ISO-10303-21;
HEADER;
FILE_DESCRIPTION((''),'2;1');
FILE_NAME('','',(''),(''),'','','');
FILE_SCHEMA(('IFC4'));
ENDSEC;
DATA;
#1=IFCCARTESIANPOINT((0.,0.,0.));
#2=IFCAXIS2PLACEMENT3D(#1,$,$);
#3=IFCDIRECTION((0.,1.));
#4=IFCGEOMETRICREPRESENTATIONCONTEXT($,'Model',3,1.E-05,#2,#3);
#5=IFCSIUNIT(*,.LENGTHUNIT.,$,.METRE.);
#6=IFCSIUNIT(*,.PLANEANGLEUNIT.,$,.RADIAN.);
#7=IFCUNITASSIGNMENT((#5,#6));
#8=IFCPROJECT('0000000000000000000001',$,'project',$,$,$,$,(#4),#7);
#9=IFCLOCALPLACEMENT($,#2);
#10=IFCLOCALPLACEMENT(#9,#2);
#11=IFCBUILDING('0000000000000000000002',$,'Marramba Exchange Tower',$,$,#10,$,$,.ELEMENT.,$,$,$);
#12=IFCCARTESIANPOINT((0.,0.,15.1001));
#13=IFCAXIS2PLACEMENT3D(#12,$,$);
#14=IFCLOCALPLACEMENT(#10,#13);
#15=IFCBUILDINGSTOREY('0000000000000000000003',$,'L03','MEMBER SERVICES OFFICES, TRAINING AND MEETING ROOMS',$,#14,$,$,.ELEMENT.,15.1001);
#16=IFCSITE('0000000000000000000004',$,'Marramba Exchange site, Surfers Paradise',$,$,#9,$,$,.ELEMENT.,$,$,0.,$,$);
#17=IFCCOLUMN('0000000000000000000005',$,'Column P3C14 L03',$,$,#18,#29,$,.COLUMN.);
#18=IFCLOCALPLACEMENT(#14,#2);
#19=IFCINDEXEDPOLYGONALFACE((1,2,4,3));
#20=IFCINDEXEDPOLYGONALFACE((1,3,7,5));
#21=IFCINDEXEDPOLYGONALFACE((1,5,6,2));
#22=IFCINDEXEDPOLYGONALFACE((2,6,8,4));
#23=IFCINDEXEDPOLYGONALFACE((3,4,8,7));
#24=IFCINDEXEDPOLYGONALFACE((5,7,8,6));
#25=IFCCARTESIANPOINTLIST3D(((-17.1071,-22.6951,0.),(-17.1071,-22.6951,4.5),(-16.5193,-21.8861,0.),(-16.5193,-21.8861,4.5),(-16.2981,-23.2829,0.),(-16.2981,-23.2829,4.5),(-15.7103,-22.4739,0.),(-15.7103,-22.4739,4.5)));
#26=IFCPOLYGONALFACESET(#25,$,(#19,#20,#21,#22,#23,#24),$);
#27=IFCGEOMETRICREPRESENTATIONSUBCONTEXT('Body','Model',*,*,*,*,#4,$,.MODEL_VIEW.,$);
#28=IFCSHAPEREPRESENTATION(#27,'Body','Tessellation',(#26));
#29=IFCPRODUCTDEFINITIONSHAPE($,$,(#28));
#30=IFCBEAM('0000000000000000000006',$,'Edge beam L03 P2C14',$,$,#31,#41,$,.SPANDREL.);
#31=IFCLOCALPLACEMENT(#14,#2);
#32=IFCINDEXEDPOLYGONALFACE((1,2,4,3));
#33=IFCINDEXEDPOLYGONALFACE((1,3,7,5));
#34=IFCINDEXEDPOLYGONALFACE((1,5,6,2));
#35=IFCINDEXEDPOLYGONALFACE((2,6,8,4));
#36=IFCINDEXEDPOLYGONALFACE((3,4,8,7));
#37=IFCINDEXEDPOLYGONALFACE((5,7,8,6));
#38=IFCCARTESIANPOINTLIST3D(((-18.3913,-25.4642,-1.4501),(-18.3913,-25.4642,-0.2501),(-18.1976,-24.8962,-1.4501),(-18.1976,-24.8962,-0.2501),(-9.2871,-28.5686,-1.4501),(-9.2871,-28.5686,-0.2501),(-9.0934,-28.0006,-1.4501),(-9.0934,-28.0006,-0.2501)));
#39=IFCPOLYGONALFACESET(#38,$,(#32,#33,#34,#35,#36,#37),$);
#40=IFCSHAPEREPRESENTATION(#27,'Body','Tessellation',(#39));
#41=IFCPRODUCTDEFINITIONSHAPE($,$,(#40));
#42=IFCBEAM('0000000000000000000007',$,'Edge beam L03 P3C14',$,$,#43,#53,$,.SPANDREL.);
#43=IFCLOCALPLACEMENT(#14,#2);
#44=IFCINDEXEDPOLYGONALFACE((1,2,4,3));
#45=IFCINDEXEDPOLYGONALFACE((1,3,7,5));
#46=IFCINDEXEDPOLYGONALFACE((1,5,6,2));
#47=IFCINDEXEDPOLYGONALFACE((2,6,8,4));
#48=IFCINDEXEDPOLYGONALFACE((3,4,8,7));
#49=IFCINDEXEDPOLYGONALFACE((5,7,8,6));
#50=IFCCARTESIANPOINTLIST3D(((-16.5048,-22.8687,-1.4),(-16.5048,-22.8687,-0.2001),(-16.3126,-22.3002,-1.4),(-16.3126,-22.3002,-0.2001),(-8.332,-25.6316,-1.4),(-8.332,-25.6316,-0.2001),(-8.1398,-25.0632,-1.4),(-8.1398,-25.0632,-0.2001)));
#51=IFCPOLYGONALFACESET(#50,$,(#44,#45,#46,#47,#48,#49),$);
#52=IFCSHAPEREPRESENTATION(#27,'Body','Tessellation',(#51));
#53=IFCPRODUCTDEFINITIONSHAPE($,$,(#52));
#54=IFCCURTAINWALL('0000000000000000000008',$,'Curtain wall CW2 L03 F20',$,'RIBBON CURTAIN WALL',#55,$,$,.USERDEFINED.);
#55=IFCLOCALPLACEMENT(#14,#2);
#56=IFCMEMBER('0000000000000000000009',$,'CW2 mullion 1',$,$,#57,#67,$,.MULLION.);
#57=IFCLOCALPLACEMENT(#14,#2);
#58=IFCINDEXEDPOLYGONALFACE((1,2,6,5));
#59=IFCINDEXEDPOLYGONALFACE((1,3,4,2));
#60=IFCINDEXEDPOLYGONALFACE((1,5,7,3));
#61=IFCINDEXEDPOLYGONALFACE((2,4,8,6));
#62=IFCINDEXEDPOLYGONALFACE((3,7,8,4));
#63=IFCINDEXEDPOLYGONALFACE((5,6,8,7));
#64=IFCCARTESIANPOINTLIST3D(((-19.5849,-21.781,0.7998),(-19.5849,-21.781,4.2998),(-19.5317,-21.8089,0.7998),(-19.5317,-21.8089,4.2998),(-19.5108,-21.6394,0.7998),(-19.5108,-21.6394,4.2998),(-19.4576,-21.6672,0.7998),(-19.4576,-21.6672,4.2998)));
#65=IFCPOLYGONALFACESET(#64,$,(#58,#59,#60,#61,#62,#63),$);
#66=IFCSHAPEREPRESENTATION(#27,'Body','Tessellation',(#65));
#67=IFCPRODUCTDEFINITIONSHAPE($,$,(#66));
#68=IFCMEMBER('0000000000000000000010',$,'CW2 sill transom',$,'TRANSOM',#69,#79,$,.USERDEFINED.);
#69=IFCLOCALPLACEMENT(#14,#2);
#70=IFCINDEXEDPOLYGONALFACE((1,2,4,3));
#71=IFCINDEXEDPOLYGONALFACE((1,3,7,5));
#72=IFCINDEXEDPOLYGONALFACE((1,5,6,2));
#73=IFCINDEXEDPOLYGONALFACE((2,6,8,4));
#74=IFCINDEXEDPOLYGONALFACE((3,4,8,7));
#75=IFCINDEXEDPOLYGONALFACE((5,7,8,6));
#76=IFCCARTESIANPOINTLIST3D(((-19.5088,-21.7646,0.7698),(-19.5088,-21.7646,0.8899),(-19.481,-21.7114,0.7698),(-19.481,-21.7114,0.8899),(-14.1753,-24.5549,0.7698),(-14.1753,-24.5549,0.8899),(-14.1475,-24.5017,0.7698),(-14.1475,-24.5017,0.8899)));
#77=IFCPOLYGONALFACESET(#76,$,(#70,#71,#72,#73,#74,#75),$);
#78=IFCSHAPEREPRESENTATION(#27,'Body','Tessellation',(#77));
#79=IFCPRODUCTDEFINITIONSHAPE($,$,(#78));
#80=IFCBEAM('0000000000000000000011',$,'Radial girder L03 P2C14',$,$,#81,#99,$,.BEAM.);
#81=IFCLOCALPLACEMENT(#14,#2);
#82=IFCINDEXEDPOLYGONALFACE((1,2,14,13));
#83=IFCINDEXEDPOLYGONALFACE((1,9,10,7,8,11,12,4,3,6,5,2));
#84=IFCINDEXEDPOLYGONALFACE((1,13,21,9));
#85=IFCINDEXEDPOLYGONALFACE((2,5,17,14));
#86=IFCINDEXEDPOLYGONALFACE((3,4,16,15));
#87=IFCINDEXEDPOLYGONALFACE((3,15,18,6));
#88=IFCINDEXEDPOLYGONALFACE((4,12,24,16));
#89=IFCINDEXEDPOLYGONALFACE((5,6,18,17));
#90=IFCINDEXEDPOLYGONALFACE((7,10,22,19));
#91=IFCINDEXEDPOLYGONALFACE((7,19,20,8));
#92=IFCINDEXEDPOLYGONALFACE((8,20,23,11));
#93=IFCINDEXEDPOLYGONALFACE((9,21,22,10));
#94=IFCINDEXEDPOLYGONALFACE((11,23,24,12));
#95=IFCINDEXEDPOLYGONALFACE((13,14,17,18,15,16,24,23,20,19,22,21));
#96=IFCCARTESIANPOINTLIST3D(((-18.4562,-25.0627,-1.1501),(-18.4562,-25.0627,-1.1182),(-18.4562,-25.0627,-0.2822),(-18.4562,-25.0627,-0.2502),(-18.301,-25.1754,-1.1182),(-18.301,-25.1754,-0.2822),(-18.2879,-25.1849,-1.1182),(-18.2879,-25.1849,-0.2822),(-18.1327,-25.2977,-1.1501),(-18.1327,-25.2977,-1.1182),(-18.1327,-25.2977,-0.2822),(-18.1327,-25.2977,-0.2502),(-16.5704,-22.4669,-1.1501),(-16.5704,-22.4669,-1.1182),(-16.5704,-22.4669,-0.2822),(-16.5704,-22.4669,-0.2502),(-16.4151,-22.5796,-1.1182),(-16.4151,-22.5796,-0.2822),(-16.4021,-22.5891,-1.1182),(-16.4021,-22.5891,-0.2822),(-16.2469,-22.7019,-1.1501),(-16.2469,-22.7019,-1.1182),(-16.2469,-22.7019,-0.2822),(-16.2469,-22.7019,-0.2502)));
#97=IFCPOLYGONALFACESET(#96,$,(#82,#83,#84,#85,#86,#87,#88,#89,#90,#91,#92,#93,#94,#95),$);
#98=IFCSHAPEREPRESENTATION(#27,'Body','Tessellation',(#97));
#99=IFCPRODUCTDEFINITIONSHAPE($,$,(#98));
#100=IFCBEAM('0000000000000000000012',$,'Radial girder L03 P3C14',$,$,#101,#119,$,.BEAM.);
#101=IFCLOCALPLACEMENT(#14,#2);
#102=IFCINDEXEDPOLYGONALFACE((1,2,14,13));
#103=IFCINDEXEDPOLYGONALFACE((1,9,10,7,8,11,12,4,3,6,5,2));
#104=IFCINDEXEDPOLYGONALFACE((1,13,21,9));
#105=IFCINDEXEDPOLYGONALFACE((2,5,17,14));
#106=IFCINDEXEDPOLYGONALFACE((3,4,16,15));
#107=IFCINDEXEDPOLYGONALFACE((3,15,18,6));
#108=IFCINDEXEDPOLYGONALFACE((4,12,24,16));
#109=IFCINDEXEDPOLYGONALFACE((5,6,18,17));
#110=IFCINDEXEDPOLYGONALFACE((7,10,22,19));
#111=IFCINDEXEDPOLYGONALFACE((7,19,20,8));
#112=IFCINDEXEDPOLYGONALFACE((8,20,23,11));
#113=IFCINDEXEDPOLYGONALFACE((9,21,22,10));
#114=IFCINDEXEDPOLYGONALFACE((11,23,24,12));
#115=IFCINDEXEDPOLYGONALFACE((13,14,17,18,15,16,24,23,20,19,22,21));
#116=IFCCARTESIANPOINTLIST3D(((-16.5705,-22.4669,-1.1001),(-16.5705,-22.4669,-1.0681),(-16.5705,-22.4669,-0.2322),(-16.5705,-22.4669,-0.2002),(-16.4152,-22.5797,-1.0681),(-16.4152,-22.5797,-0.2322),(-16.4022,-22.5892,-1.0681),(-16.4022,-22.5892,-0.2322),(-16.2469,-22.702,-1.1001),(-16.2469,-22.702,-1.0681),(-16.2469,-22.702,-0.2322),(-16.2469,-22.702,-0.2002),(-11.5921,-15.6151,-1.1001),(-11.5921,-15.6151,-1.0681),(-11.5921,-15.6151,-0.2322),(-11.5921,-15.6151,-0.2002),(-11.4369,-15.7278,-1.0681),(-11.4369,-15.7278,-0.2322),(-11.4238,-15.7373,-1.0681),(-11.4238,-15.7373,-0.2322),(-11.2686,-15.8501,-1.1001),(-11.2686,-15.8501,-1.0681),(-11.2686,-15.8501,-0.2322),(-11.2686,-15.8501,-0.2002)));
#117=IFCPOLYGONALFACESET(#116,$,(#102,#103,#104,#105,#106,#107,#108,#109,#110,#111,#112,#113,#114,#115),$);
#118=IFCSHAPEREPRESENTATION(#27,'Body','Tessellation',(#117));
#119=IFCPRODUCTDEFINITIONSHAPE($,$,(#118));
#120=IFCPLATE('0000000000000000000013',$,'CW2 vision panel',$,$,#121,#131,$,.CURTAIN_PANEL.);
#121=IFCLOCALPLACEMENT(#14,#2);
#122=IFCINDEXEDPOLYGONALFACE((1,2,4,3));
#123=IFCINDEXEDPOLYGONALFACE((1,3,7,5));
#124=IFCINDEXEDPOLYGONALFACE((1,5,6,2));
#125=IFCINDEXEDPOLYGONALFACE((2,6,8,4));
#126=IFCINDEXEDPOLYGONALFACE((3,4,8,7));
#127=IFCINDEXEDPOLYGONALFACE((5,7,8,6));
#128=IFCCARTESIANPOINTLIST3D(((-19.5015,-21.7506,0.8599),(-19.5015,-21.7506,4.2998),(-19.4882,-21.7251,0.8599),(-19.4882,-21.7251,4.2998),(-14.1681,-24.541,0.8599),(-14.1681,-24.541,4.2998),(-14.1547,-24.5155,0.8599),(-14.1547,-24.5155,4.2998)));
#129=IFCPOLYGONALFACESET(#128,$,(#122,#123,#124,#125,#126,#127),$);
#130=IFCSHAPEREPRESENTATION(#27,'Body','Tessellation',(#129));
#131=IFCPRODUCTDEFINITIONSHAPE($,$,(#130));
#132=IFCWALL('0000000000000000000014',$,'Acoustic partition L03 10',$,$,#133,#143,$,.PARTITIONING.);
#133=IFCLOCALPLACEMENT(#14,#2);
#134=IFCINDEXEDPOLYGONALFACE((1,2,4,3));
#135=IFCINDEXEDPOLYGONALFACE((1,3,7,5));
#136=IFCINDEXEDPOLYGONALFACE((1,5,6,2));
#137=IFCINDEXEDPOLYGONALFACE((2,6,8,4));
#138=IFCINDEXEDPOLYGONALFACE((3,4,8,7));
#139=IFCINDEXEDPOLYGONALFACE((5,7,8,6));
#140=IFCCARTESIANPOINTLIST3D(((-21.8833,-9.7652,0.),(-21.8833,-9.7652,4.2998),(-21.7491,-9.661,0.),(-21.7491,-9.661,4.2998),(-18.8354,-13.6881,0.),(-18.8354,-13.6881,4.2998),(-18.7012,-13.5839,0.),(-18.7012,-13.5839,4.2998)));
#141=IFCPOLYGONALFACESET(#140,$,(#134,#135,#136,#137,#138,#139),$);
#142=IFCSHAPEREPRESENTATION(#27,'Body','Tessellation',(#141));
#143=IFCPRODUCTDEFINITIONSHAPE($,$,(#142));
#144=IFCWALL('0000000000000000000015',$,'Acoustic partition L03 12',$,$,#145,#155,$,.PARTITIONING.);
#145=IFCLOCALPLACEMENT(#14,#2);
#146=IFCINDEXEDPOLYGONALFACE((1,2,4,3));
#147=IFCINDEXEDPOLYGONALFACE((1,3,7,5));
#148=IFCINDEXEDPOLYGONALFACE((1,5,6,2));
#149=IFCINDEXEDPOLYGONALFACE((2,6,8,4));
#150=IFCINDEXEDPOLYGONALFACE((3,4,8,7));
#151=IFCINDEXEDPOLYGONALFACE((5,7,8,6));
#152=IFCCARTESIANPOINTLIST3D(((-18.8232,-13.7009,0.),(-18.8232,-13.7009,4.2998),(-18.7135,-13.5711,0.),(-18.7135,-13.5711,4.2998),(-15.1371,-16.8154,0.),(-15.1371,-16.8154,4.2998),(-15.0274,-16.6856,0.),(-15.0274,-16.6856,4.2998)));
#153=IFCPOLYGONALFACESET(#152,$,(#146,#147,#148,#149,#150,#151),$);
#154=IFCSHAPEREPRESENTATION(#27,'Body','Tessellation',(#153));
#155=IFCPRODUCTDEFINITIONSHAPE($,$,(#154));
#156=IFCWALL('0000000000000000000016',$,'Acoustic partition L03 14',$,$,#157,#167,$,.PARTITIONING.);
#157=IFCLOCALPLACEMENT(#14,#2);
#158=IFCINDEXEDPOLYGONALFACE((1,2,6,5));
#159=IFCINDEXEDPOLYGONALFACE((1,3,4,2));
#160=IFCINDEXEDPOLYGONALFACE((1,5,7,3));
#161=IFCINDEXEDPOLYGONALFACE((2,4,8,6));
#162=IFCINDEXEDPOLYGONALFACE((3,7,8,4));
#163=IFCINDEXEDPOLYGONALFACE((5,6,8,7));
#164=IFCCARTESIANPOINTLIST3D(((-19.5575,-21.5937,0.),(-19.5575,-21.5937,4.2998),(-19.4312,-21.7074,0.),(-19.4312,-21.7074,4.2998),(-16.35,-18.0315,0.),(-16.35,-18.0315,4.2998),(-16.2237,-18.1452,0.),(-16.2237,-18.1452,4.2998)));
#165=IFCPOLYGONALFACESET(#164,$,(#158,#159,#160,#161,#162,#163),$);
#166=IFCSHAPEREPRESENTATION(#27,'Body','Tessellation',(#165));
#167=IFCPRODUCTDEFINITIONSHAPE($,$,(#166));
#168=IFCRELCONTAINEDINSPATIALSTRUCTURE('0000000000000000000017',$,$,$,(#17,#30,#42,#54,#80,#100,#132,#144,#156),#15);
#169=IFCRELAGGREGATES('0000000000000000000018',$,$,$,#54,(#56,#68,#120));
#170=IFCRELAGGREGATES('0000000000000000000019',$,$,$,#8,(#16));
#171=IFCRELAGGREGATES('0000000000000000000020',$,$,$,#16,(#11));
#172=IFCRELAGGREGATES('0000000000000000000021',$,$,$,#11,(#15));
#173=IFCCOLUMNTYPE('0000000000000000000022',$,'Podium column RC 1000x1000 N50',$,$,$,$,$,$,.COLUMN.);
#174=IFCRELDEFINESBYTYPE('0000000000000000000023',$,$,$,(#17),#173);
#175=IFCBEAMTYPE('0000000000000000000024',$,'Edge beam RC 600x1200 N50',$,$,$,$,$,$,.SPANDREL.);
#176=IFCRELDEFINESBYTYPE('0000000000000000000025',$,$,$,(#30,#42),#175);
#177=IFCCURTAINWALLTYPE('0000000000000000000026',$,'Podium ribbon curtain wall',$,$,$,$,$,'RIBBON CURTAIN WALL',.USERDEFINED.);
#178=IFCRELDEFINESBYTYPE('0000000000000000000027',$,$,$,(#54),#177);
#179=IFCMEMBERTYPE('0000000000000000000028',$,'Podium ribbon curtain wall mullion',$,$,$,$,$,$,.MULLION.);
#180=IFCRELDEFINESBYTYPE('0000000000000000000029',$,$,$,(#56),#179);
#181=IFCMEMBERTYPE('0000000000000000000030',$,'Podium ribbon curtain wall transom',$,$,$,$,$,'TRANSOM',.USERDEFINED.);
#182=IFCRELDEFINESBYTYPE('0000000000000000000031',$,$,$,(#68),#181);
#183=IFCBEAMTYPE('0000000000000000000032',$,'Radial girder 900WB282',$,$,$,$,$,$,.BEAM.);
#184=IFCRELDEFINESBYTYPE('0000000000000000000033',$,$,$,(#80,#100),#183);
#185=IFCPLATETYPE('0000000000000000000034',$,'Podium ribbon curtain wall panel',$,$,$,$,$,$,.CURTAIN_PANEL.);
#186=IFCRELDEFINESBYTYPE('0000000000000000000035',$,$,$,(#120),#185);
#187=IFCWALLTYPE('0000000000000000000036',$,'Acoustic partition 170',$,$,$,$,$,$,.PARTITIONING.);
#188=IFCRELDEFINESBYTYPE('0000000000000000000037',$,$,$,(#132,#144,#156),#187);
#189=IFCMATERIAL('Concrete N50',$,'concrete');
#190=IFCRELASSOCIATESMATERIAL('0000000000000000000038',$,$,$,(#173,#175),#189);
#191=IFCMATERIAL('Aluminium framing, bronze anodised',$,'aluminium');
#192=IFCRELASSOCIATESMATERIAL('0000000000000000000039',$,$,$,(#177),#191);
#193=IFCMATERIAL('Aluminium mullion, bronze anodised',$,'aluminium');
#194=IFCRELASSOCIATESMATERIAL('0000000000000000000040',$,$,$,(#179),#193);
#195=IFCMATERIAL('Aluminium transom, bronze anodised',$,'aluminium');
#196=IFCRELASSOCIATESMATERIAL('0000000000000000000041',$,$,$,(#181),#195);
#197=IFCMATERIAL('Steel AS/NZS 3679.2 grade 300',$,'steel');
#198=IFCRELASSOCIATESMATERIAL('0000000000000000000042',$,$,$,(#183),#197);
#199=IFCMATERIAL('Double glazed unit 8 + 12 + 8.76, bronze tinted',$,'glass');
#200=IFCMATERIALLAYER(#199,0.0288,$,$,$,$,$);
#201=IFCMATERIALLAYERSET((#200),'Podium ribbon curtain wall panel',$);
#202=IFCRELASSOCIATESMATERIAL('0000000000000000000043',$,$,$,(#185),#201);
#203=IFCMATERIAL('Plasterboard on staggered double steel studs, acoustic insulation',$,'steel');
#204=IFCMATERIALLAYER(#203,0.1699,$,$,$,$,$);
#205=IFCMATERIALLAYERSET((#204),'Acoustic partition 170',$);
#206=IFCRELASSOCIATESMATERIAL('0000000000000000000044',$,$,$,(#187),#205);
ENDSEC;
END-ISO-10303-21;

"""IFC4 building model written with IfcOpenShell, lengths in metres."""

from ifc_helpers import new_model, si_unit, direction, frame, frame_2d, origin, origin_2d, place, context, subcontext, project, spatial, rectangle, i_section, extrude, material, layer, layer_set, material_profile, profile_set, type_object, element, aggregate, save


model = new_model("IFC4")

# Units and contexts
model_context = context("Model", 3, precision=1e-05, world=origin(), true_north=direction((0.0, 1.0)))
body_context = subcontext(model_context, "Body", "Model", "MODEL_VIEW")
ifc_project = project(units=[si_unit("LENGTHUNIT", "METRE"), si_unit("PLANEANGLEUNIT", "RADIAN")], contexts=[model_context])

# Site, building, storey
site_placement = place(None, origin())
site = spatial("IfcSite", under=ifc_project, at=site_placement, Name="Marramba Exchange site, Surfers Paradise", CompositionType="ELEMENT", RefElevation=0.0)
building_placement = place(site_placement, origin())
building = spatial("IfcBuilding", under=site, at=building_placement, Name="Marramba Exchange Tower", CompositionType="ELEMENT")
storey_placement = place(building_placement, frame((0.0, 0.0, 15.1001)))
storey = spatial("IfcBuildingStorey", under=building, at=storey_placement, Name="L03", Description="MEMBER SERVICES OFFICES, TRAINING AND MEETING ROOMS", CompositionType="ELEMENT", Elevation=15.1001)

# Column
ifc_material_1 = material(Name="Concrete N50", Category="concrete")
ifc_material_profile_1 = material_profile(ifc_material_1, rectangle(XDim=1.0, YDim=1.0, at=origin_2d()), Name="RC 1000x1000")
ifc_profile_set_1 = profile_set([ifc_material_profile_1], Name="Concrete N50")
column_type = type_object("IfcColumnType", Name="Podium column RC 1000x1000 N50", PredefinedType="COLUMN", material=ifc_profile_set_1)
column_placement = place(storey_placement, frame((-16.4087, -22.5845, 0.0), z_axis=(0.0, 0.0, 1.0), x_axis=(-0.587785, -0.809017, 0.0)))
element("IfcColumn", 1, at=column_placement, inside=storey, type_object=column_type, Name="Column P3C14 L03", PredefinedType="COLUMN", context=body_context, shape_type="SweptSolid", body=[
    extrude(rectangle(XDim=1.0, YDim=1.0, at=origin_2d()), origin(), (0.0, 0.0, 1.0), 4.5),
])

# Beams
ifc_material_profile_2 = material_profile(ifc_material_1, rectangle(XDim=0.6001, YDim=1.2, at=origin_2d()), Name="RC 600x1200")
ifc_profile_set_2 = profile_set([ifc_material_profile_2], Name="Concrete N50")
beam_type_1 = type_object("IfcBeamType", Name="Edge beam RC 600x1200 N50", PredefinedType="SPANDREL", material=ifc_profile_set_2)
beam_1_placement = place(storey_placement, frame((-18.2944, -25.1802, -0.8501), z_axis=(0.946486, -0.322746, 0.0), x_axis=(0.322746, 0.946486, 0.0)))
element("IfcBeam", 2, at=beam_1_placement, inside=storey, type_object=beam_type_1, Name="Edge beam L03 P2C14", PredefinedType="SPANDREL", context=body_context, shape_type="SweptSolid", body=[
    extrude(rectangle(XDim=0.6001, YDim=1.2, at=origin_2d()), origin(), (0.0, 0.0, 1.0), 9.6189),
])
beam_2_placement = place(storey_placement, frame((-16.4087, -22.5845, -0.8), z_axis=(0.947331, -0.320257, 0.0), x_axis=(0.320257, 0.947331, 0.0)))
element("IfcBeam", 3, at=beam_2_placement, inside=storey, type_object=beam_type_1, Name="Edge beam L03 P3C14", PredefinedType="SPANDREL", context=body_context, shape_type="SweptSolid", body=[
    extrude(rectangle(XDim=0.6001, YDim=1.2, at=origin_2d()), origin(), (0.0, 0.0, 1.0), 8.6272),
])

# Curtain wall, members
ifc_material_2 = material(Name="Aluminium framing, bronze anodised", Category="aluminium")
curtain_wall_type = type_object("IfcCurtainWallType", Name="Podium ribbon curtain wall", ElementType="RIBBON CURTAIN WALL", PredefinedType="USERDEFINED", material=ifc_material_2)
curtain_wall_placement = place(storey_placement, origin())
curtain_wall = element("IfcCurtainWall", 4, at=curtain_wall_placement, inside=storey, type_object=curtain_wall_type, Name="Curtain wall CW2 L03 F20", ObjectType="RIBBON CURTAIN WALL", PredefinedType="USERDEFINED")
ifc_material_3 = material(Name="Aluminium mullion, bronze anodised", Category="aluminium")
ifc_material_profile_3 = material_profile(ifc_material_3, rectangle(XDim=0.1599, YDim=0.0601, at=origin_2d()), Name="CW2 mullion 60x160")
ifc_profile_set_3 = profile_set([ifc_material_profile_3], Name="Aluminium mullion, bronze anodised")
member_type_1 = type_object("IfcMemberType", Name="Podium ribbon curtain wall mullion", PredefinedType="MULLION", material=ifc_profile_set_3)
member_1_placement = place(storey_placement, frame((-19.5212, -21.7241, 0.7998), z_axis=(0.0, 0.0, 1.0), x_axis=(0.463567, 0.886062, 0.0)))
member_1 = element("IfcMember", 5, at=member_1_placement, type_object=member_type_1, Name="CW2 mullion 1", PredefinedType="MULLION", context=body_context, shape_type="SweptSolid", body=[
    extrude(rectangle(XDim=0.1599, YDim=0.0601, at=origin_2d()), origin(), (0.0, 0.0, 1.0), 3.5),
])
ifc_material_4 = material(Name="Aluminium transom, bronze anodised", Category="aluminium")
ifc_material_profile_4 = material_profile(ifc_material_4, rectangle(XDim=0.0601, YDim=0.1201, at=origin_2d()), Name="CW2 transom 60x120")
ifc_profile_set_4 = profile_set([ifc_material_profile_4], Name="Aluminium transom, bronze anodised")
member_type_2 = type_object("IfcMemberType", Name="Podium ribbon curtain wall transom", ElementType="TRANSOM", PredefinedType="USERDEFINED", material=ifc_profile_set_4)
member_2_placement = place(storey_placement, frame((-19.4949, -21.738, 0.8298), z_axis=(0.886067, -0.463557, 0.0), x_axis=(0.463557, 0.886067, 0.0)))
member_2 = element("IfcMember", 6, at=member_2_placement, type_object=member_type_2, Name="CW2 sill transom", ObjectType="TRANSOM", PredefinedType="USERDEFINED", context=body_context, shape_type="SweptSolid", body=[
    extrude(rectangle(XDim=0.0601, YDim=0.1201, at=origin_2d()), origin(), (0.0, 0.0, 1.0), 6.0193),
])

# Beams
ifc_material_5 = material(Name="Steel AS/NZS 3679.2 grade 300", Category="steel")
ifc_material_profile_5 = material_profile(ifc_material_5, i_section(OverallWidth=0.3999, OverallDepth=0.8999, WebThickness=0.0161, FlangeThickness=0.032, at=origin_2d()), Name="900WB282")
ifc_profile_set_5 = profile_set([ifc_material_profile_5], Name="Steel AS/NZS 3679.2 grade 300")
beam_type_2 = type_object("IfcBeamType", Name="Radial girder 900WB282", PredefinedType="BEAM", material=ifc_profile_set_5)
beam_3_placement = place(storey_placement, frame((-18.2944, -25.1802, -0.7002), z_axis=(0.587755, 0.809039, 0.0), x_axis=(-0.809039, 0.587755, 0.0)))
element("IfcBeam", 7, at=beam_3_placement, inside=storey, type_object=beam_type_2, Name="Radial girder L03 P2C14", PredefinedType="BEAM", context=body_context, shape_type="SweptSolid", body=[
    extrude(i_section(OverallWidth=0.3999, OverallDepth=0.8999, WebThickness=0.0161, FlangeThickness=0.032, at=origin_2d()), origin(), (0.0, 0.0, 1.0), 3.2085),
])
beam_4_placement = place(storey_placement, frame((-16.4087, -22.5845, -0.6501), z_axis=(0.587796, 0.809009, 0.0), x_axis=(-0.809009, 0.587796, 0.0)))
element("IfcBeam", 8, at=beam_4_placement, inside=storey, type_object=beam_type_2, Name="Radial girder L03 P3C14", PredefinedType="BEAM", context=body_context, shape_type="SweptSolid", body=[
    extrude(i_section(OverallWidth=0.3999, OverallDepth=0.8999, WebThickness=0.0161, FlangeThickness=0.032, at=origin_2d()), origin(), (0.0, 0.0, 1.0), 8.4695),
])

# Plate
ifc_material_6 = material(Name="Double glazed unit 8 + 12 + 8.76, bronze tinted", Category="glass")
ifc_layer_1 = layer(ifc_material_6, 0.0288)
ifc_layer_set_1 = layer_set([ifc_layer_1], Name="Podium ribbon curtain wall panel")
plate_type = type_object("IfcPlateType", Name="Podium ribbon curtain wall panel", PredefinedType="CURTAIN_PANEL", material=ifc_layer_set_1)
plate_placement = place(storey_placement, frame((-16.8281, -23.1331, 0.8599), z_axis=(0.0, 0.0, 1.0), x_axis=(0.886062, -0.463567, 0.0)))
plate = element("IfcPlate", 9, at=plate_placement, type_object=plate_type, Name="CW2 vision panel", PredefinedType="CURTAIN_PANEL", context=body_context, shape_type="SweptSolid", body=[
    extrude(rectangle(XDim=6.0193, YDim=0.0288, at=origin_2d()), origin(), (0.0, 0.0, 1.0), 3.4399),
])
aggregate(curtain_wall, [member_1, member_2, plate])

# Walls
ifc_material_7 = material(Name="Plasterboard on staggered double steel studs, acoustic insulation", Category="steel")
ifc_layer_2 = layer(ifc_material_7, 0.1699)
ifc_layer_set_2 = layer_set([ifc_layer_2], Name="Acoustic partition 170")
wall_type_1 = type_object("IfcWallType", Name="Acoustic partition 170", PredefinedType="PARTITIONING", material=ifc_layer_set_2)
wall_1_placement = place(storey_placement, frame((-18.7683, -13.636, 0.0), z_axis=(0.0, 0.0, 1.0), x_axis=(-0.613532, 0.78967, 0.0)))
element("IfcWall", 10, at=wall_1_placement, inside=storey, type_object=wall_type_1, Name="Acoustic partition L03 10", PredefinedType="PARTITIONING", context=body_context, shape_type="SweptSolid", body=[
    extrude(rectangle(XDim=4.9678, YDim=0.1699, at=frame_2d((2.4839, 0.0))), origin(), (0.0, 0.0, 1.0), 4.2998),
])
wall_2_placement = place(storey_placement, frame((-15.0823, -16.7505, 0.0), z_axis=(0.0, 0.0, 1.0), x_axis=(-0.763841, 0.645405, 0.0)))
element("IfcWall", 11, at=wall_2_placement, inside=storey, type_object=wall_type_1, Name="Acoustic partition L03 12", PredefinedType="PARTITIONING", context=body_context, shape_type="SweptSolid", body=[
    extrude(rectangle(XDim=4.8257, YDim=0.1699, at=frame_2d((2.4128, 0.0))), origin(), (0.0, 0.0, 1.0), 4.2998),
])
wall_3_placement = place(storey_placement, frame((-16.2869, -18.0884, 0.0), z_axis=(0.0, 0.0, 1.0), x_axis=(-0.669136, -0.74314, 0.0)))
element("IfcWall", 12, at=wall_3_placement, inside=storey, type_object=wall_type_1, Name="Acoustic partition L03 14", PredefinedType="PARTITIONING", context=body_context, shape_type="SweptSolid", body=[
    extrude(rectangle(XDim=4.7935, YDim=0.1699, at=frame_2d((2.3967, 0.0))), origin(), (0.0, 0.0, 1.0), 4.2998),
])

save(model, "model.ifc")
